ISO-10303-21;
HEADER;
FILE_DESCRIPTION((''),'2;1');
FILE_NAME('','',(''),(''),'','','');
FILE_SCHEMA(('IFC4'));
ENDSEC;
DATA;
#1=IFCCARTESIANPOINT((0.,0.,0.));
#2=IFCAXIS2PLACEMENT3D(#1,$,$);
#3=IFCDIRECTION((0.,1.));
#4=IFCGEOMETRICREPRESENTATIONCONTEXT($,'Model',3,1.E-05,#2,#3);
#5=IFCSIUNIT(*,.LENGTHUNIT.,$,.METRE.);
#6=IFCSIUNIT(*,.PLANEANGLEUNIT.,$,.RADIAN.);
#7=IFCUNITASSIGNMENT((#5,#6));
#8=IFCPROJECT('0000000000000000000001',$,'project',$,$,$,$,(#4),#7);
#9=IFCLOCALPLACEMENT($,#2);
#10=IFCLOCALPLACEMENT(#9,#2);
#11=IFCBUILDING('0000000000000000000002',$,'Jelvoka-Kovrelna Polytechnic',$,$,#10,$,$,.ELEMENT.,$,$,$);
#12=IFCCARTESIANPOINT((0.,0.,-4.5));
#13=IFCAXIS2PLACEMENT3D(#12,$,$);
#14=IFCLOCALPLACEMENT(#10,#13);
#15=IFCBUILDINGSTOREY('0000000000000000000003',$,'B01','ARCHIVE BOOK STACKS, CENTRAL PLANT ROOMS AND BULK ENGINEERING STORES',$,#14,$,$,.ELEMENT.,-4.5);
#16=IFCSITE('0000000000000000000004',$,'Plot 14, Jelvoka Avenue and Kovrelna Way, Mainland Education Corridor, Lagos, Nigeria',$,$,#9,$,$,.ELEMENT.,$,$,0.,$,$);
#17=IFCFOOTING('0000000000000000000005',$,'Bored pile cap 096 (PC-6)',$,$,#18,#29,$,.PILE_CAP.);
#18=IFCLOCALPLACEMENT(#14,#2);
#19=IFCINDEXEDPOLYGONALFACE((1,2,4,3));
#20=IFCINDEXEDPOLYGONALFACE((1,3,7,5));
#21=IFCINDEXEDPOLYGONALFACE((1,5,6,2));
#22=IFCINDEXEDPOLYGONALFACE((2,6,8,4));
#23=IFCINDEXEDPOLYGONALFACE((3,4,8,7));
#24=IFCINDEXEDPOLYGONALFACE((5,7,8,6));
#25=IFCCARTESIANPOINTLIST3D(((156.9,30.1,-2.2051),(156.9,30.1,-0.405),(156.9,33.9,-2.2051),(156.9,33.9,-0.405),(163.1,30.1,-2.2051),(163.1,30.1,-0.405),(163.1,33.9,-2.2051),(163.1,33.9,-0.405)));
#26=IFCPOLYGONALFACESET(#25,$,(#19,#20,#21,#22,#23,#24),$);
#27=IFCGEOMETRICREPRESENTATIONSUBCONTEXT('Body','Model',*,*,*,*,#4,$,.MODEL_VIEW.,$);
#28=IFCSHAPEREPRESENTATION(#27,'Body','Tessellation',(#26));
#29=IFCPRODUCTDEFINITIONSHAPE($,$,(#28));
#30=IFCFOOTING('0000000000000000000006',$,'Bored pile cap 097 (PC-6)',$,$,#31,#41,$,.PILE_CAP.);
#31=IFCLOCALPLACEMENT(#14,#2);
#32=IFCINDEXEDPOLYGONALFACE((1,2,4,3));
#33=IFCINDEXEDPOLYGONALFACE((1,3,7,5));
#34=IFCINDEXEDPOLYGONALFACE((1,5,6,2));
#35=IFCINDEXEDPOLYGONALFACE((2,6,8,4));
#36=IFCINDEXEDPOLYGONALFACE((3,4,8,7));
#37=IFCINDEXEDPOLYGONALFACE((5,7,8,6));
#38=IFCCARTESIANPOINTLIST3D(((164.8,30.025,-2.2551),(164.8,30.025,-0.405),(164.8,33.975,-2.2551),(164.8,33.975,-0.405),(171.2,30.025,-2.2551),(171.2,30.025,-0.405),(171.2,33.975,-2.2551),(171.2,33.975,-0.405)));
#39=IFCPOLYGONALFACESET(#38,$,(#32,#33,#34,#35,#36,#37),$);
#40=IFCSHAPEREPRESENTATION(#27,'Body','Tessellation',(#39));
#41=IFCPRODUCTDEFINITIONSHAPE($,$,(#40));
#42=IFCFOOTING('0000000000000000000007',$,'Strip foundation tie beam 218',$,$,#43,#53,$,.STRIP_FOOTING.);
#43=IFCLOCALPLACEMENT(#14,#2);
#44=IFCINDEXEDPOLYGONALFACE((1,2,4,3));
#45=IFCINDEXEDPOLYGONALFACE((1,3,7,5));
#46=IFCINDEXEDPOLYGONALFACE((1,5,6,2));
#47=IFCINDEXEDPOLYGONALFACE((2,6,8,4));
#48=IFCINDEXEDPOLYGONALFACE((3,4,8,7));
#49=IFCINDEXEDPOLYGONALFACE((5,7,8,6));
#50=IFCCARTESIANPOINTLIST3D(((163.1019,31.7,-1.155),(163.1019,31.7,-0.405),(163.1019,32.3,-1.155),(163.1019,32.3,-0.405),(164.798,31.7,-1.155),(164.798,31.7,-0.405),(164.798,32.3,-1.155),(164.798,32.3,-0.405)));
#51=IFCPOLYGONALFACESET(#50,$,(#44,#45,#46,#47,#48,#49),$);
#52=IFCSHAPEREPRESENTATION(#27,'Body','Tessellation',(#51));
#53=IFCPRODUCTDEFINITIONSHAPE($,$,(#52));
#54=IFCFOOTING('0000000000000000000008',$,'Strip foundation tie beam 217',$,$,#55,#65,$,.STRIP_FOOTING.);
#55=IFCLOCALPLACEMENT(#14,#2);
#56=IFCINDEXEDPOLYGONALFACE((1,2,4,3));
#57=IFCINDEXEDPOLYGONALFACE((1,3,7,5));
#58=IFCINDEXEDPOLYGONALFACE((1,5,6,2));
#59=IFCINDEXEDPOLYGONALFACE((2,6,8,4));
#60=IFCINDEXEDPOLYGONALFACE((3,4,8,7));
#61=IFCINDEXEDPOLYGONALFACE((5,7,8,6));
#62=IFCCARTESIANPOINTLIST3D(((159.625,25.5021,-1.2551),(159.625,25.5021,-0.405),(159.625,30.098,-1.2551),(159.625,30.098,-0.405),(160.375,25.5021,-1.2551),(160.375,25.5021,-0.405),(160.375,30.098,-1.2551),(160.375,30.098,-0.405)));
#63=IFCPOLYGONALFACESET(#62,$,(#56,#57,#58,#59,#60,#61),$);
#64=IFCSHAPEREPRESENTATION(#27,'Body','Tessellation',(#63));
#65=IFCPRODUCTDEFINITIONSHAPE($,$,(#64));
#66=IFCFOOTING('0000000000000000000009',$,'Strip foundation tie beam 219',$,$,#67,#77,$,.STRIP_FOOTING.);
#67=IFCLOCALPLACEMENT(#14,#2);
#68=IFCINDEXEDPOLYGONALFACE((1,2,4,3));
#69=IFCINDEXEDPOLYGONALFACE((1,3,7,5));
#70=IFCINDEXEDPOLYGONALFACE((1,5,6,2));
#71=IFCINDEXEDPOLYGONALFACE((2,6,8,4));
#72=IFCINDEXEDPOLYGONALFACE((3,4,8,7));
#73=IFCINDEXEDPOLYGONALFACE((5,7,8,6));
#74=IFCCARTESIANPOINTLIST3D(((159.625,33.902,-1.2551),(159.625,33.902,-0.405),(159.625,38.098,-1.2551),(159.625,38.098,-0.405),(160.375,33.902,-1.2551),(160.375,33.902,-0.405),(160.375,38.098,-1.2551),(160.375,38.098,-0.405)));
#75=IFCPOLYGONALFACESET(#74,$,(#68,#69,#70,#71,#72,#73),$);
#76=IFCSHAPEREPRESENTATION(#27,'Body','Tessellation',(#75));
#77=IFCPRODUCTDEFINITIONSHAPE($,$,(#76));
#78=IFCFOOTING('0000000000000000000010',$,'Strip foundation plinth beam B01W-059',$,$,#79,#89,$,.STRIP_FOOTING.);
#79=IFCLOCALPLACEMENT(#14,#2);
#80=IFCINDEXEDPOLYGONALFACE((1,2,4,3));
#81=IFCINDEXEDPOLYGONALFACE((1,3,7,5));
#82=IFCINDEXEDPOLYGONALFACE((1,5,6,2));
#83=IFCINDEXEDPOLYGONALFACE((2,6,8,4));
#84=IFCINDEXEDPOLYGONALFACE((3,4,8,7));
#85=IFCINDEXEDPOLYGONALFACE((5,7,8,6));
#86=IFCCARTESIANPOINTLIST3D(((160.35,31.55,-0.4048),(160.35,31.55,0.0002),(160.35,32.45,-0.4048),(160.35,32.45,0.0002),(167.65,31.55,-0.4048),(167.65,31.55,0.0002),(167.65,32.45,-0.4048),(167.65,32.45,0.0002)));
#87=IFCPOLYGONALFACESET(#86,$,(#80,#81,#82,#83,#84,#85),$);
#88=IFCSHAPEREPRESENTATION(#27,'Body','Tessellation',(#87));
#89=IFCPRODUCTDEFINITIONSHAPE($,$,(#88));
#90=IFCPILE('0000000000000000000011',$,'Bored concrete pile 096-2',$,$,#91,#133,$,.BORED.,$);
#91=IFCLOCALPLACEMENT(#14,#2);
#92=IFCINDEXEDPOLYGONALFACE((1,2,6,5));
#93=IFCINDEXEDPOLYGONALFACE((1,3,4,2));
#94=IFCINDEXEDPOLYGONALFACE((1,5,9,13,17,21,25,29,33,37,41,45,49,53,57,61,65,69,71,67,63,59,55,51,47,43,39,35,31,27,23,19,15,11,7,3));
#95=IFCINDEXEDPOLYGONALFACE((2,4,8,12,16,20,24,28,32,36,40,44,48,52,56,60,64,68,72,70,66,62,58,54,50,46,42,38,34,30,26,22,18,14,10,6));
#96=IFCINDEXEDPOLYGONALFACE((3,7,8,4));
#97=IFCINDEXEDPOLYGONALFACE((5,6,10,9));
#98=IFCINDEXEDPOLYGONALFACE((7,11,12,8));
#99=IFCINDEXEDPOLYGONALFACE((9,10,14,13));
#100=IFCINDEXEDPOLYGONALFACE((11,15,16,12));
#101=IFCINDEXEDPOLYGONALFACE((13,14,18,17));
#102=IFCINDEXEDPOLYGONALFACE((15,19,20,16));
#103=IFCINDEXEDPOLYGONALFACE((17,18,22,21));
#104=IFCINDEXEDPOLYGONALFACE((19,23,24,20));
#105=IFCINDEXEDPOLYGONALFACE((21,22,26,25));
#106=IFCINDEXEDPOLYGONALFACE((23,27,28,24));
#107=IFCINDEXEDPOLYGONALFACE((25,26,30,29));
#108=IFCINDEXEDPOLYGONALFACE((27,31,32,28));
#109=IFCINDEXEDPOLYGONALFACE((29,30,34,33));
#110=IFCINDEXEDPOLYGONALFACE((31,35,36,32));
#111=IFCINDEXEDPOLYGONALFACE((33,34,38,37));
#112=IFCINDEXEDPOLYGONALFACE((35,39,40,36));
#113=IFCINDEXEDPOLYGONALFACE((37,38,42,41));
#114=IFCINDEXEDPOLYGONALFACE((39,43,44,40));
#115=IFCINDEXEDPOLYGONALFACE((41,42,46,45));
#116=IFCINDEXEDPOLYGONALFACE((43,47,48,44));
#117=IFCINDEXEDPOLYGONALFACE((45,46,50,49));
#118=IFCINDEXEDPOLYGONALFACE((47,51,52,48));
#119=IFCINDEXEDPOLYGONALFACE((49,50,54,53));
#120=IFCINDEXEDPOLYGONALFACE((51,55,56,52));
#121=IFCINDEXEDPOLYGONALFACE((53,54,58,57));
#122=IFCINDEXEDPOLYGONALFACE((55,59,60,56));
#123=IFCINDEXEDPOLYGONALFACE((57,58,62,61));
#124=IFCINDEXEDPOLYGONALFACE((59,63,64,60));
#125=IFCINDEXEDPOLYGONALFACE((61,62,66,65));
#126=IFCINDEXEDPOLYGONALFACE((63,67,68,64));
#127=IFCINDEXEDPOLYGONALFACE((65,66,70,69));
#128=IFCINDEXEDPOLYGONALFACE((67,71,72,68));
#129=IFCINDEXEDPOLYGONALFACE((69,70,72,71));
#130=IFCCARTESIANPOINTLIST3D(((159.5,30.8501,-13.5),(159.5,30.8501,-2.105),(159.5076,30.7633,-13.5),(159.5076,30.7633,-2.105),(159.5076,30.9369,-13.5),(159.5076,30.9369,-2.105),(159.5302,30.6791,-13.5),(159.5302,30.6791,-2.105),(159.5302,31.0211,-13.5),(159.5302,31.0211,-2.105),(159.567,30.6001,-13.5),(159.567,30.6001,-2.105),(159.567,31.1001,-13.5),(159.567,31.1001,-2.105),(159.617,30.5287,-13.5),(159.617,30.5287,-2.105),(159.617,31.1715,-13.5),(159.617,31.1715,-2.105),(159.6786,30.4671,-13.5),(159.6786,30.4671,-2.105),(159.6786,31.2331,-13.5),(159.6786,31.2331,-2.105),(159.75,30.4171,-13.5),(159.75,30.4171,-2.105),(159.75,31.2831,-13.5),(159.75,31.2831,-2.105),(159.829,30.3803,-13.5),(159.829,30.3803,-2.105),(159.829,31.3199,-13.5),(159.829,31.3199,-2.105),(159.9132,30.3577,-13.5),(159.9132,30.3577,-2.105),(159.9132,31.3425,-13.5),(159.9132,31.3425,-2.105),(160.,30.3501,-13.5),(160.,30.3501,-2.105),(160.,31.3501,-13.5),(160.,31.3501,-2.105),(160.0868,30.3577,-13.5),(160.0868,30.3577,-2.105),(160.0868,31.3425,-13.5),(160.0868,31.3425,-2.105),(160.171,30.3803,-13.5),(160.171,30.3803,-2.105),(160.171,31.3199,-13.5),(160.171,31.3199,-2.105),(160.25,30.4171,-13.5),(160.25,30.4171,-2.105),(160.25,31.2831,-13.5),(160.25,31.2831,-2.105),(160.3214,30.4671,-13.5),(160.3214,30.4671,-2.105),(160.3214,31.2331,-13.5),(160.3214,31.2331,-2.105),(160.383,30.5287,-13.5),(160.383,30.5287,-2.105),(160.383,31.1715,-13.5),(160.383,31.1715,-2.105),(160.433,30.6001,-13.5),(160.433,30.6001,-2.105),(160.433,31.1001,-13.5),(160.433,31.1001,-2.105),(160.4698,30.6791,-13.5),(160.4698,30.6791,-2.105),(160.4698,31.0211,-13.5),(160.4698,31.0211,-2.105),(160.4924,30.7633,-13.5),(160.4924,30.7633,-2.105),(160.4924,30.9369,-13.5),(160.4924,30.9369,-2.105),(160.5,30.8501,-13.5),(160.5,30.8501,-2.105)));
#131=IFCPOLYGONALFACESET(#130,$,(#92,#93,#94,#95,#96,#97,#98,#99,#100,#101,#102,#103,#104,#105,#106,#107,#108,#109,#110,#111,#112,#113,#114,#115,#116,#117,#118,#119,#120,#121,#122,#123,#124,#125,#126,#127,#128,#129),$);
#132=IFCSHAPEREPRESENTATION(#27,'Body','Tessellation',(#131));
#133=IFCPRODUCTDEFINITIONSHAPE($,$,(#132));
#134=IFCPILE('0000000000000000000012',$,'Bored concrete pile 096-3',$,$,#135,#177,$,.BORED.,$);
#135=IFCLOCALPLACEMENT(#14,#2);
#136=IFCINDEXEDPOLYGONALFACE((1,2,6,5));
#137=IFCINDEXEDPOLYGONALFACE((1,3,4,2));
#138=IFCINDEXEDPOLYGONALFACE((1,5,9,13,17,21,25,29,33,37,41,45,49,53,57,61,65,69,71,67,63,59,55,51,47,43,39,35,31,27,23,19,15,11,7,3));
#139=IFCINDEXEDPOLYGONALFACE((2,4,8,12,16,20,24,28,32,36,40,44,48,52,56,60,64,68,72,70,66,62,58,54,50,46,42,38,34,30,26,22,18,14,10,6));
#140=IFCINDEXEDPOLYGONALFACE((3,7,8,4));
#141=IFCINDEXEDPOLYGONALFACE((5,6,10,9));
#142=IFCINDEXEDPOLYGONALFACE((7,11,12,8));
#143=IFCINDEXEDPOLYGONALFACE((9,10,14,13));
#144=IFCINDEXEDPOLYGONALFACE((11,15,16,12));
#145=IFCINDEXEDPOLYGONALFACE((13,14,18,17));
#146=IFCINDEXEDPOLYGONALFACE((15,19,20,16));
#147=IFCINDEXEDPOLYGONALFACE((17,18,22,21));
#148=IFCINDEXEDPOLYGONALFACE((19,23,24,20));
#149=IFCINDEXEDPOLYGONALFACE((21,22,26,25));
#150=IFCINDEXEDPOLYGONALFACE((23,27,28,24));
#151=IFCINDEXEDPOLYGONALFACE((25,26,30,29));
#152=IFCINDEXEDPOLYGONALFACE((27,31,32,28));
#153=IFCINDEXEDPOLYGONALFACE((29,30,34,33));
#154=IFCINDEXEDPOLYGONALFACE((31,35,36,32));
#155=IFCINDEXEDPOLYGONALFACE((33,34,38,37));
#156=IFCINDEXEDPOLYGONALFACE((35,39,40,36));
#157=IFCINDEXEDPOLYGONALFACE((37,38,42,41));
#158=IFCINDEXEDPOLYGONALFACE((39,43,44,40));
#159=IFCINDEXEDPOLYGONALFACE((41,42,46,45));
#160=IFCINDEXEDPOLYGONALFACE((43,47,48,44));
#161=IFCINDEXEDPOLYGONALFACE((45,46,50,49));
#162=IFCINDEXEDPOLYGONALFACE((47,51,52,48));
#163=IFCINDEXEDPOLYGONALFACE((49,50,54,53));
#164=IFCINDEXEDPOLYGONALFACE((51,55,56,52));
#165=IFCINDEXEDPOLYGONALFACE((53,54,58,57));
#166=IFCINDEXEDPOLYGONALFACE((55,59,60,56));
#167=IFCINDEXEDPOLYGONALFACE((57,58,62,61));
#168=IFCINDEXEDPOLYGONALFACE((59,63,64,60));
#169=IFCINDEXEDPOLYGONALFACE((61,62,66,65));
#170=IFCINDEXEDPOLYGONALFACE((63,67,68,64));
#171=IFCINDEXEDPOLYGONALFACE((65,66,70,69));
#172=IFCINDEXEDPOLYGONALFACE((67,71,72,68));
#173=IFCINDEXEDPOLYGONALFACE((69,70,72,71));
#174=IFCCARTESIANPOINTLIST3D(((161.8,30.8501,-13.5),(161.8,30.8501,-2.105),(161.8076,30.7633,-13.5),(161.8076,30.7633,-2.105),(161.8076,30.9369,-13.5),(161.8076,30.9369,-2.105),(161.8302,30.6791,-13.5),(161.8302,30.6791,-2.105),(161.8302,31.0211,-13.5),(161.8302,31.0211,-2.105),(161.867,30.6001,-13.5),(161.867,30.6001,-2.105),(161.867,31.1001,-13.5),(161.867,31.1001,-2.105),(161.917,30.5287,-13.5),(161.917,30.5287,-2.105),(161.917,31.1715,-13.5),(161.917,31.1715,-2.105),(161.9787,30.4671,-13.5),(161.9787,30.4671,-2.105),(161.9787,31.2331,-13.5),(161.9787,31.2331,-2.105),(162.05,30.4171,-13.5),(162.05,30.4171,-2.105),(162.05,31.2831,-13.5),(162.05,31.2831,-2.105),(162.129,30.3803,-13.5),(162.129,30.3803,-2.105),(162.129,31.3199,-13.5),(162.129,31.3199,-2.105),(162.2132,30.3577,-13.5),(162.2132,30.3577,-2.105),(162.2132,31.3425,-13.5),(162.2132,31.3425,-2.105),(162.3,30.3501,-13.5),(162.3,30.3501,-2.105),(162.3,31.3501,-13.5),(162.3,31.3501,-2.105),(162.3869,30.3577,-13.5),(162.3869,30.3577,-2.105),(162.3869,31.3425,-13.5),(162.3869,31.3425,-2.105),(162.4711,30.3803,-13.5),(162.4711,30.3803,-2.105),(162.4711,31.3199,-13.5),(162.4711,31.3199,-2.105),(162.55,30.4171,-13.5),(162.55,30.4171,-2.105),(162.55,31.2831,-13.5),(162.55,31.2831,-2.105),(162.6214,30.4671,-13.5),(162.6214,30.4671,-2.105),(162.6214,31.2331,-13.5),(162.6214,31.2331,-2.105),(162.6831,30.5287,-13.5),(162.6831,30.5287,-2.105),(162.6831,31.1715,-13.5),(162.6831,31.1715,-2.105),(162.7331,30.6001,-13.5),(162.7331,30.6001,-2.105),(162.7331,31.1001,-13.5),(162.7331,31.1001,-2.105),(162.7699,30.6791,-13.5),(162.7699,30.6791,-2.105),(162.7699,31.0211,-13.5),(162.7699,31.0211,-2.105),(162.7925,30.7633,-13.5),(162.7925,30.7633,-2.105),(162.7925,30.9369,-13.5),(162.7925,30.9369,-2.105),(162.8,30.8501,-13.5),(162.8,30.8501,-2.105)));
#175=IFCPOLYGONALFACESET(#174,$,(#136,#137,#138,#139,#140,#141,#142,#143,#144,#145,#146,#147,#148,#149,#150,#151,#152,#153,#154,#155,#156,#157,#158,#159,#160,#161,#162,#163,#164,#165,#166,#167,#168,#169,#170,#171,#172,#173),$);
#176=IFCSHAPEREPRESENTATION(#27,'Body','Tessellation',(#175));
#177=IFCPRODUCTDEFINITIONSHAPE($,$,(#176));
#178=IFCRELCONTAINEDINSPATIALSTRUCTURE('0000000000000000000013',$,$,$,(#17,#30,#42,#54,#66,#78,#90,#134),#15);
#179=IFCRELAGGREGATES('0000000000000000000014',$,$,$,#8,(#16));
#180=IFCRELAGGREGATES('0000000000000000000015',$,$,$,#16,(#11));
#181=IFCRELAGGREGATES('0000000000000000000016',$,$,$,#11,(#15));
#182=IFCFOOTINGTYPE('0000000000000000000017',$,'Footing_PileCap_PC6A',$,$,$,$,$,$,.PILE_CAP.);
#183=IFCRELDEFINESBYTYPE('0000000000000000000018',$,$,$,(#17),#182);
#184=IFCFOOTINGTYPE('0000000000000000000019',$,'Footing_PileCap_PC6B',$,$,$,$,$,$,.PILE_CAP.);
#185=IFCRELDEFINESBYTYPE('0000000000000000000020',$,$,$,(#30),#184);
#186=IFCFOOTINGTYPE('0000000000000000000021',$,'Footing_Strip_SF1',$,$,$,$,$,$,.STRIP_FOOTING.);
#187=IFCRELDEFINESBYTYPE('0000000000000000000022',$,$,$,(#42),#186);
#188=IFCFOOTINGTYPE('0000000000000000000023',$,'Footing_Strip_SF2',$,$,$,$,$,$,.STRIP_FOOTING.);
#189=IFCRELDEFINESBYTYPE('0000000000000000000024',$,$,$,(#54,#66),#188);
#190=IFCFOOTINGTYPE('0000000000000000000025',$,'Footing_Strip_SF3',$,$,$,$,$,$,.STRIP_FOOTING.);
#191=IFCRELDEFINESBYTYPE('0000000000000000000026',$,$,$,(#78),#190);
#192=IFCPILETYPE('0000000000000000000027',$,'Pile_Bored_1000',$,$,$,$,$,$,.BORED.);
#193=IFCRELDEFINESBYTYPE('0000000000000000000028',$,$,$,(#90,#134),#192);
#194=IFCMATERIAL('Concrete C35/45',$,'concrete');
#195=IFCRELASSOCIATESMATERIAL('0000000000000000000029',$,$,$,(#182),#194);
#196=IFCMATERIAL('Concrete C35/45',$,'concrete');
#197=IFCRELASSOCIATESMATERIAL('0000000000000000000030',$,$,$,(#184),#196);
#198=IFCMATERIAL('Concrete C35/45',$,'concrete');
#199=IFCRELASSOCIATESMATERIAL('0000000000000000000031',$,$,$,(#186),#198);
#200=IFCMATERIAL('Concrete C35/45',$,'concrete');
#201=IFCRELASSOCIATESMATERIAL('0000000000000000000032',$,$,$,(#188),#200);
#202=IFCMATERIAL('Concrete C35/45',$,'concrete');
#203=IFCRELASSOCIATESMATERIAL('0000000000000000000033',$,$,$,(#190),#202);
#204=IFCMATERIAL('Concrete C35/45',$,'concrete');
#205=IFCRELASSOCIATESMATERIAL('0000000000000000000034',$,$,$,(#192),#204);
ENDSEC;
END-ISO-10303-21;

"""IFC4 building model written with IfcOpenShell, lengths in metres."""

from ifc_helpers import new_model, si_unit, direction, frame, origin, origin_2d, place, context, subcontext, project, spatial, rectangle, circle, extrude, material, material_profile, profile_set, type_object, element, save


model = new_model("IFC4")

# Units and contexts
model_context = context("Model", 3, precision=1e-05, world=origin(), true_north=direction((0.0, 1.0)))
body_context = subcontext(model_context, "Body", "Model", "MODEL_VIEW")
ifc_project = project(units=[si_unit("LENGTHUNIT", "METRE"), si_unit("PLANEANGLEUNIT", "RADIAN")], contexts=[model_context])

# Site, building, storey
site_placement = place(None, origin())
site = spatial("IfcSite", under=ifc_project, at=site_placement, Name="Plot 14, Jelvoka Avenue and Kovrelna Way, Mainland Education Corridor, Lagos, Nigeria", CompositionType="ELEMENT", RefElevation=0.0)
building_placement = place(site_placement, origin())
building = spatial("IfcBuilding", under=site, at=building_placement, Name="Jelvoka-Kovrelna Polytechnic", CompositionType="ELEMENT")
storey_placement = place(building_placement, frame((0.0, 0.0, -4.5)))
storey = spatial("IfcBuildingStorey", under=building, at=storey_placement, Name="B01", Description="ARCHIVE BOOK STACKS, CENTRAL PLANT ROOMS AND BULK ENGINEERING STORES", CompositionType="ELEMENT", Elevation=-4.5)

# Footings
ifc_material_1 = material(Name="Concrete C35/45", Category="concrete")
footing_type_1 = type_object("IfcFootingType", Name="Footing_PileCap_PC6A", PredefinedType="PILE_CAP", material=ifc_material_1)
footing_1_placement = place(storey_placement, frame((160.0, 32.0, -2.2051), z_axis=(0.0, 0.0, 1.0), x_axis=(1.0, 0.0, 0.0)))
element("IfcFooting", 1, at=footing_1_placement, inside=storey, type_object=footing_type_1, Name="Bored pile cap 096 (PC-6)", PredefinedType="PILE_CAP", context=body_context, shape_type="SweptSolid", body=[
    extrude(rectangle(XDim=6.2, YDim=3.8, at=origin_2d()), origin(), (0.0, 0.0, 1.0), 1.8),
])
ifc_material_2 = material(Name="Concrete C35/45", Category="concrete")
footing_type_2 = type_object("IfcFootingType", Name="Footing_PileCap_PC6B", PredefinedType="PILE_CAP", material=ifc_material_2)
footing_2_placement = place(storey_placement, frame((168.0, 32.0, -2.2551), z_axis=(0.0, 0.0, 1.0), x_axis=(1.0, 0.0, 0.0)))
element("IfcFooting", 2, at=footing_2_placement, inside=storey, type_object=footing_type_2, Name="Bored pile cap 097 (PC-6)", PredefinedType="PILE_CAP", context=body_context, shape_type="SweptSolid", body=[
    extrude(rectangle(XDim=6.3999, YDim=3.95, at=origin_2d()), origin(), (0.0, 0.0, 1.0), 1.8501),
])
ifc_material_3 = material(Name="Concrete C35/45", Category="concrete")
footing_type_3 = type_object("IfcFootingType", Name="Footing_Strip_SF1", PredefinedType="STRIP_FOOTING", material=ifc_material_3)
footing_3_placement = place(storey_placement, frame((163.95, 32.0, -1.155), z_axis=(0.0, 0.0, 1.0), x_axis=(1.0, 0.0, 0.0)))
element("IfcFooting", 3, at=footing_3_placement, inside=storey, type_object=footing_type_3, Name="Strip foundation tie beam 218", PredefinedType="STRIP_FOOTING", context=body_context, shape_type="SweptSolid", body=[
    extrude(rectangle(XDim=1.696, YDim=0.6001, at=origin_2d()), origin(), (0.0, 0.0, 1.0), 0.75),
])
ifc_material_4 = material(Name="Concrete C35/45", Category="concrete")
footing_type_4 = type_object("IfcFootingType", Name="Footing_Strip_SF2", PredefinedType="STRIP_FOOTING", material=ifc_material_4)
footing_4_placement = place(storey_placement, frame((160.0, 27.8, -1.2551), z_axis=(0.0, 0.0, 1.0), x_axis=(0.0, 1.0, 0.0)))
element("IfcFooting", 4, at=footing_4_placement, inside=storey, type_object=footing_type_4, Name="Strip foundation tie beam 217", PredefinedType="STRIP_FOOTING", context=body_context, shape_type="SweptSolid", body=[
    extrude(rectangle(XDim=4.5959, YDim=0.75, at=origin_2d()), origin(), (0.0, 0.0, 1.0), 0.8501),
])
footing_5_placement = place(storey_placement, frame((160.0, 36.0, -1.2551), z_axis=(0.0, 0.0, 1.0), x_axis=(0.0, 1.0, 0.0)))
element("IfcFooting", 5, at=footing_5_placement, inside=storey, type_object=footing_type_4, Name="Strip foundation tie beam 219", PredefinedType="STRIP_FOOTING", context=body_context, shape_type="SweptSolid", body=[
    extrude(rectangle(XDim=4.196, YDim=0.75, at=origin_2d()), origin(), (0.0, 0.0, 1.0), 0.8501),
])
ifc_material_5 = material(Name="Concrete C35/45", Category="concrete")
footing_type_5 = type_object("IfcFootingType", Name="Footing_Strip_SF3", PredefinedType="STRIP_FOOTING", material=ifc_material_5)
footing_6_placement = place(storey_placement, frame((164.0, 32.0, -0.4048), z_axis=(0.0, 0.0, 1.0), x_axis=(1.0, 0.0, 0.0)))
element("IfcFooting", 6, at=footing_6_placement, inside=storey, type_object=footing_type_5, Name="Strip foundation plinth beam B01W-059", PredefinedType="STRIP_FOOTING", context=body_context, shape_type="SweptSolid", body=[
    extrude(rectangle(XDim=7.3, YDim=0.8999, at=origin_2d()), origin(), (0.0, 0.0, 1.0), 0.405),
])

# Piles
ifc_material_6 = material(Name="Concrete C35/45", Category="concrete")
ifc_material_profile_1 = material_profile(ifc_material_6, circle(Radius=0.5, at=origin_2d()), Name="PILE D1000")
ifc_profile_set_1 = profile_set([ifc_material_profile_1], Name="Concrete C35/45")
pile_type_1 = type_object("IfcPileType", Name="Pile_Bored_1000", PredefinedType="BORED", material=ifc_profile_set_1)
for number, where, z_axis, x_axis, name in (
    (7, (160.0, 30.8501, -2.105), (0.0, 0.0, -1.0), (1.0, 0.0, 0.0), "Bored concrete pile 096-2"),
    (8, (162.3, 30.8501, -2.105), (0.0, 0.0, -1.0), (1.0, 0.0, 0.0), "Bored concrete pile 096-3"),
):
    element("IfcPile", number, at=place(storey_placement, frame(where, z_axis=z_axis, x_axis=x_axis)), inside=storey, type_object=pile_type_1, Name=name, PredefinedType="BORED", context=body_context, shape_type="SweptSolid", body=[
        extrude(circle(Radius=0.5, at=origin_2d()), origin(), (0.0, 0.0, 1.0), 11.395),
    ])

save(model, "model.ifc")
